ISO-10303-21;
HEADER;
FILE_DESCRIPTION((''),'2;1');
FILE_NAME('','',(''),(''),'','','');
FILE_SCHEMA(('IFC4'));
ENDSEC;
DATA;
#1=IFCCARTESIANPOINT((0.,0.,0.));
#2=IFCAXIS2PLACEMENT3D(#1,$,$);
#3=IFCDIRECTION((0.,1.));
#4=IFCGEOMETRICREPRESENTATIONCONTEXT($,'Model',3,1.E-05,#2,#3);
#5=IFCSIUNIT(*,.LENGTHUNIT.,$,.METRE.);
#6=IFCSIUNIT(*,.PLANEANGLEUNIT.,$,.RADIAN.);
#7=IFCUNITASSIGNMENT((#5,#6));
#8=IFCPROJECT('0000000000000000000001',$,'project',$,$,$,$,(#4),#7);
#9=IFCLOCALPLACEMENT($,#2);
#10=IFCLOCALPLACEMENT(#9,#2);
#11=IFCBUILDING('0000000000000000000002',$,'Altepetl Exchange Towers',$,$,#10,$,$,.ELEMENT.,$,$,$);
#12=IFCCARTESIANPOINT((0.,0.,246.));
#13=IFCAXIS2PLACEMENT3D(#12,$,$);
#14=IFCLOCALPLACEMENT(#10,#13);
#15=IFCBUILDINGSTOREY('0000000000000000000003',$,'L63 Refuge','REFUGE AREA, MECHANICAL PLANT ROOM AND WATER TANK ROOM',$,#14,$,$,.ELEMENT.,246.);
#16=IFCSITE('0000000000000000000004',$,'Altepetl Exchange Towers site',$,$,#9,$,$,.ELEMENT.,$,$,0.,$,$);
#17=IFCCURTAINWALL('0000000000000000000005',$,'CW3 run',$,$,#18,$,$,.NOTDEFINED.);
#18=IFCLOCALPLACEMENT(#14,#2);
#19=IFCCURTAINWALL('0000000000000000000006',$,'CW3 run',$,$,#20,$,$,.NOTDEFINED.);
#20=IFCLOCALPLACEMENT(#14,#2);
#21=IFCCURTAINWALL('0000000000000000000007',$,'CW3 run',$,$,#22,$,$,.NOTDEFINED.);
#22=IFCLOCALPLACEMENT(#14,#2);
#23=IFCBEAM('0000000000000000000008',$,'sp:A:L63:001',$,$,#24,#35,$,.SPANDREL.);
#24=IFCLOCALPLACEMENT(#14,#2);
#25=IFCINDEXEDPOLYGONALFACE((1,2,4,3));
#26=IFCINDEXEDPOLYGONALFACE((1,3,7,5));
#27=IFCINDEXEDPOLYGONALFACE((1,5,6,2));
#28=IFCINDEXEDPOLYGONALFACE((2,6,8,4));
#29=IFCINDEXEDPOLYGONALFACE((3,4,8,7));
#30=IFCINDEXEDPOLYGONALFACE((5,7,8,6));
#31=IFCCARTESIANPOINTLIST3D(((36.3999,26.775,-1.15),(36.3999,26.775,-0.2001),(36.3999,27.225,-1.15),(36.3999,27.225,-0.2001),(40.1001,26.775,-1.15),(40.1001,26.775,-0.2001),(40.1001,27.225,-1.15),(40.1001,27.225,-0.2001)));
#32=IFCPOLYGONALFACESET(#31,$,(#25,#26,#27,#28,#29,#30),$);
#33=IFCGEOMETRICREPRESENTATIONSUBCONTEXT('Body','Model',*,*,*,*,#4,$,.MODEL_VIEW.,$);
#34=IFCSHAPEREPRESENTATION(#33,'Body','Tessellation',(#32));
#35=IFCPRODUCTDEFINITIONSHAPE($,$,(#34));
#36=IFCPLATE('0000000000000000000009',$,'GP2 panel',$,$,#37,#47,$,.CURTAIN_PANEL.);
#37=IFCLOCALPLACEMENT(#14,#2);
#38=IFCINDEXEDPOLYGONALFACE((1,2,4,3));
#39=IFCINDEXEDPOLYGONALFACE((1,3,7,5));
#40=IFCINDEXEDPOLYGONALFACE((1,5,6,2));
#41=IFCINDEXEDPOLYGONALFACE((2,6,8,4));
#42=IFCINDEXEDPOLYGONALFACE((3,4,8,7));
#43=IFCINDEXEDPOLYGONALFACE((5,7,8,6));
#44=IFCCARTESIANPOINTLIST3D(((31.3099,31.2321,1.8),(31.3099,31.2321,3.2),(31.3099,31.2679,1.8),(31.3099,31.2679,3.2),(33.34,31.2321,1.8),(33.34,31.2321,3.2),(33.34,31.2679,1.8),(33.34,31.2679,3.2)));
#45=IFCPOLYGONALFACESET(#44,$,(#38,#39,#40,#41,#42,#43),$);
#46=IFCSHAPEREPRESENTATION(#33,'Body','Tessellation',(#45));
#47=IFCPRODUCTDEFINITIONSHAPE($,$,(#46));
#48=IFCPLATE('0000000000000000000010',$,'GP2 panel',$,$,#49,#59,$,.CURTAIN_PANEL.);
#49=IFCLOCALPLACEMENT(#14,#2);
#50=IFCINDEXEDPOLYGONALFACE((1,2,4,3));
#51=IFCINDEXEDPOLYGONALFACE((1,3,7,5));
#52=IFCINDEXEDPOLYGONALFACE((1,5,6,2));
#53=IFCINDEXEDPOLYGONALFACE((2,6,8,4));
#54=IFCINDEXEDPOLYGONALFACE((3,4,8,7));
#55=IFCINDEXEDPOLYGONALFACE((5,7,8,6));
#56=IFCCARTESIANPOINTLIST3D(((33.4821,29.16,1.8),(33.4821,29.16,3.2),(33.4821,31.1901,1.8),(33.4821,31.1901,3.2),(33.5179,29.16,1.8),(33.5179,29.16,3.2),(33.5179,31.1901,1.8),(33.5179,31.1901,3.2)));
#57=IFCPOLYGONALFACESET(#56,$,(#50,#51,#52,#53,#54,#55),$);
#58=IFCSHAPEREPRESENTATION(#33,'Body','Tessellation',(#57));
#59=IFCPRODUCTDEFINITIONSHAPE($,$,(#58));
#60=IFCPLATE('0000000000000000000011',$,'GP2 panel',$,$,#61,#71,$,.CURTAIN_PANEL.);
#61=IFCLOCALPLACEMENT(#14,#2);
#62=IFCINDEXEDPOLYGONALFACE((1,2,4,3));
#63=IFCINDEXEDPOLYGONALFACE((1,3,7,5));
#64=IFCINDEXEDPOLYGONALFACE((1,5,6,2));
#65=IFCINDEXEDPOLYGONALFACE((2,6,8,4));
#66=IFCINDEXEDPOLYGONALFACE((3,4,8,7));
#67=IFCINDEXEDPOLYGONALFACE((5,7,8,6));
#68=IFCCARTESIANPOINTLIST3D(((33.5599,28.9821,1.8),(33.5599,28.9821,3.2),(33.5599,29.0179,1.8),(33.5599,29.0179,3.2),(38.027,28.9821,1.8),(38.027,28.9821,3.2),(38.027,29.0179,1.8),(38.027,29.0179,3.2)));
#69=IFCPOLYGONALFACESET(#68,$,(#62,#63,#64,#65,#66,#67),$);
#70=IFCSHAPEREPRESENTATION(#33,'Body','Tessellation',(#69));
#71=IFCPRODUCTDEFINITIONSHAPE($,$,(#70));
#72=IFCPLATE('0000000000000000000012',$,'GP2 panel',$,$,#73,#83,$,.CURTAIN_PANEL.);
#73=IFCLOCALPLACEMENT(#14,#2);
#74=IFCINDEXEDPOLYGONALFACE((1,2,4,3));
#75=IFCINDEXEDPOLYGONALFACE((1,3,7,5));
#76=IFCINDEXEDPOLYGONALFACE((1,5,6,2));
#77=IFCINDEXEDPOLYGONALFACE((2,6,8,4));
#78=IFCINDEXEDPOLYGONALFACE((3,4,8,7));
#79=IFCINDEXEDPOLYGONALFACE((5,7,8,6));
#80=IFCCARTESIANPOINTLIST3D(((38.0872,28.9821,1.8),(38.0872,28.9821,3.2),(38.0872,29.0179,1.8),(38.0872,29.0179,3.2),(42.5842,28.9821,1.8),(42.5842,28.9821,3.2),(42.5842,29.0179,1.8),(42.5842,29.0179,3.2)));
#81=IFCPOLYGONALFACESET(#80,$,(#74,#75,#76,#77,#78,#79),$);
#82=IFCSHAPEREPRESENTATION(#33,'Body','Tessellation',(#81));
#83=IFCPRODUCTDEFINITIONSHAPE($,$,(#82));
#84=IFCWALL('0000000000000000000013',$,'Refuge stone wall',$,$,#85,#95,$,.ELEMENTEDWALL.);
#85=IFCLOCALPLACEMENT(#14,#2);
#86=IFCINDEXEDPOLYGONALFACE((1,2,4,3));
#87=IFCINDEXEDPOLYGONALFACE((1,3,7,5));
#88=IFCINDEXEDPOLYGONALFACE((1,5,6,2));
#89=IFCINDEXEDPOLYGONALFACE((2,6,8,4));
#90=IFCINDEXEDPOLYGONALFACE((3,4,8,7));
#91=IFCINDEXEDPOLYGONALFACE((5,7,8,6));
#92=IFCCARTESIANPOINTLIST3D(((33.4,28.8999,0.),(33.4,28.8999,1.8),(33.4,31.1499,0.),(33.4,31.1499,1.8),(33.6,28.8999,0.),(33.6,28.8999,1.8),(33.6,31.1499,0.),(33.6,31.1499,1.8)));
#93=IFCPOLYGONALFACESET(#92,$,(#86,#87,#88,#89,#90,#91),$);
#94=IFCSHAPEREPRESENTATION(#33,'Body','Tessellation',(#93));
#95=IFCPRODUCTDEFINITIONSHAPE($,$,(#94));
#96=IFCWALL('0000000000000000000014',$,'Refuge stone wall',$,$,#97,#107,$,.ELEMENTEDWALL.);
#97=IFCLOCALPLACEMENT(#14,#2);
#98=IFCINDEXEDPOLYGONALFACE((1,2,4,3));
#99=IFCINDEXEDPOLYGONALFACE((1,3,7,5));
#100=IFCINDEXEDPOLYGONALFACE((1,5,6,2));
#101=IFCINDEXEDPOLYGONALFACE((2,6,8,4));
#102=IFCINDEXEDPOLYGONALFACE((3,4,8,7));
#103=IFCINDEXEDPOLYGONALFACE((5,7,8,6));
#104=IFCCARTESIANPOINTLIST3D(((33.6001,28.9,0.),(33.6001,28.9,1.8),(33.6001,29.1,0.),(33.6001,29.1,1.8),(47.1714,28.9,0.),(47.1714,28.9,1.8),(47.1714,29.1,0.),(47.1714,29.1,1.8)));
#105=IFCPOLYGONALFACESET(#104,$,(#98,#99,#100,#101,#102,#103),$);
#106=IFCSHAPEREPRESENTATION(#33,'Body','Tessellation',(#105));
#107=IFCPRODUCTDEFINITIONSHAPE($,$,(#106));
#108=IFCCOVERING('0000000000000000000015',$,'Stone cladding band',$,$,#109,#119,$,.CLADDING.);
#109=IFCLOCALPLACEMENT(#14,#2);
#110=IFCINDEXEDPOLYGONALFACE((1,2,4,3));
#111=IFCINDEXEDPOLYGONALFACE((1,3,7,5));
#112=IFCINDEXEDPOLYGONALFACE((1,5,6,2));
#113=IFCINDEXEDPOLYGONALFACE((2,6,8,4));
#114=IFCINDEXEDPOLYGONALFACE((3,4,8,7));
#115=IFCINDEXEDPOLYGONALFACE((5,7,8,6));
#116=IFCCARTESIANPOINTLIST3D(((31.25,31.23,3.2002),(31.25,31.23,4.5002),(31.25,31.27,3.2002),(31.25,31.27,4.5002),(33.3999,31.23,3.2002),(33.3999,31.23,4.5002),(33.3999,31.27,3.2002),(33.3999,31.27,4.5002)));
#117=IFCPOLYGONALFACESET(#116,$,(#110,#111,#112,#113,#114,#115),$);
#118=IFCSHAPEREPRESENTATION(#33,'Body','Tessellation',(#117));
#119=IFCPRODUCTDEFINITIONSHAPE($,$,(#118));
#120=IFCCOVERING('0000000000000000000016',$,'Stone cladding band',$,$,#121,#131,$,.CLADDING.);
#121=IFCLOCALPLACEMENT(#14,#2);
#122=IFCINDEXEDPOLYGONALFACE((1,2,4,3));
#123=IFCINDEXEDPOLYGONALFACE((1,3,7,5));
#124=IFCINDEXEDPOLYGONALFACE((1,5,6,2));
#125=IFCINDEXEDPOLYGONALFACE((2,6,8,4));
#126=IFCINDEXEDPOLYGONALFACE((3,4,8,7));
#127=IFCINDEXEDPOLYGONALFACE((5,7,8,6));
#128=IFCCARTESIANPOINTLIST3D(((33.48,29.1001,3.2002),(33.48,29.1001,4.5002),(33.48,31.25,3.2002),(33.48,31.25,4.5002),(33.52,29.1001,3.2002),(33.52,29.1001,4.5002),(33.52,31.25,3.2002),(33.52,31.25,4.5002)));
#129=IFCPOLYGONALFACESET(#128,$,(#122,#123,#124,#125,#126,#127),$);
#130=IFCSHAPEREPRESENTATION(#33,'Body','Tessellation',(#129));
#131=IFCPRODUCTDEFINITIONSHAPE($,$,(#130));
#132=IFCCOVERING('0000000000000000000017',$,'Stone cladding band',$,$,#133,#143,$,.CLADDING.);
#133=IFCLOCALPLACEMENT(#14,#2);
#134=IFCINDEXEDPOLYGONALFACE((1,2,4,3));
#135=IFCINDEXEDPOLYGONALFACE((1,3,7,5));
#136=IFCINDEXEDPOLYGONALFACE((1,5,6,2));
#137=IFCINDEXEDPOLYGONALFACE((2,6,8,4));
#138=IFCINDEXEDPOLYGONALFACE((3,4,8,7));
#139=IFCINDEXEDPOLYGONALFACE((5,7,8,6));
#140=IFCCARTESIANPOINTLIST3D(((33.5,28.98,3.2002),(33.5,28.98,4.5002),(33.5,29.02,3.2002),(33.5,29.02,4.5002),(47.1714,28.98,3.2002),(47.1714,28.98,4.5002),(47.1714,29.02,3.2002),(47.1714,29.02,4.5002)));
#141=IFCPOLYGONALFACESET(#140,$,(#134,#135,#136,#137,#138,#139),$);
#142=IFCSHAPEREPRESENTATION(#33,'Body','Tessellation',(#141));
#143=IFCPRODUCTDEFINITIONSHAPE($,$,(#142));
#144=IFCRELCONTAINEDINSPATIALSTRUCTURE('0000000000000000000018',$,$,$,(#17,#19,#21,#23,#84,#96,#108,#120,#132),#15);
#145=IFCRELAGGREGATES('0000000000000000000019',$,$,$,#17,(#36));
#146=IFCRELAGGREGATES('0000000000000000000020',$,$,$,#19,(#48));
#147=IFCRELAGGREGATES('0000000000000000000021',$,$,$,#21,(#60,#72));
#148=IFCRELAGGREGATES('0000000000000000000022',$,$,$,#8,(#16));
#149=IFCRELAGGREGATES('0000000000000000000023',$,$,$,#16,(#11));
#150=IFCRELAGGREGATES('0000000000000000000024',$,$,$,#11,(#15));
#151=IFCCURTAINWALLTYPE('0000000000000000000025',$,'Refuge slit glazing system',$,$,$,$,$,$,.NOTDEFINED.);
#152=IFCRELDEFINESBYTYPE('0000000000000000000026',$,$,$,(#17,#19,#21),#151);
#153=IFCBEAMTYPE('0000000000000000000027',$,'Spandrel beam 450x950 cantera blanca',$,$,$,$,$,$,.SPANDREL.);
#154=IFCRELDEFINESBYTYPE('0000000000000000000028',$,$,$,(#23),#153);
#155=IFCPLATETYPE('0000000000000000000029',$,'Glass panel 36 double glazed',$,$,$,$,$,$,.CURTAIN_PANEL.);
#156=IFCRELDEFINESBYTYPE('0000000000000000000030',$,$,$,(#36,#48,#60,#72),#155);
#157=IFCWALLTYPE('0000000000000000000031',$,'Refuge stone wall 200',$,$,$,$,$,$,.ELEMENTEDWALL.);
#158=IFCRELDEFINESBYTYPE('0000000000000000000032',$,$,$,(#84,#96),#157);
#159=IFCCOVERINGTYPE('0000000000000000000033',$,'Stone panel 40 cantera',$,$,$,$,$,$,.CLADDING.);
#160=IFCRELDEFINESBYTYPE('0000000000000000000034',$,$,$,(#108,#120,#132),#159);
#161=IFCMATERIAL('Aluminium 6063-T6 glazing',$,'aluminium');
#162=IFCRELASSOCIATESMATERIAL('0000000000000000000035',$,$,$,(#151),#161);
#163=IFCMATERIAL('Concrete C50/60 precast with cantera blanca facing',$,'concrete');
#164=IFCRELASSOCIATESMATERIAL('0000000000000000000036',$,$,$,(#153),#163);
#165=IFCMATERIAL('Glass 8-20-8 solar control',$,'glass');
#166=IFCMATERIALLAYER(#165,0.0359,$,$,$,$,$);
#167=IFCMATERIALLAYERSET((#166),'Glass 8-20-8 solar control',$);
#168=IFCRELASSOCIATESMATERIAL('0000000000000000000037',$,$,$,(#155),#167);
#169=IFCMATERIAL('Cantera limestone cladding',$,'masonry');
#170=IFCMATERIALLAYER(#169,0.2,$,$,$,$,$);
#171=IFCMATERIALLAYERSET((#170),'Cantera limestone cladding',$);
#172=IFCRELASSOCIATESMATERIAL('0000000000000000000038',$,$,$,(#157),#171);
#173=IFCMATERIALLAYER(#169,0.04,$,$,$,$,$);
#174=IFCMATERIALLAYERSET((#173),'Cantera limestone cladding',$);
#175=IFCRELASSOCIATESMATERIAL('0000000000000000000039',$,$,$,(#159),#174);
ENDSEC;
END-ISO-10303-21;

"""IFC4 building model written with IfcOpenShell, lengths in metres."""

from ifc_helpers import new_model, si_unit, direction, frame, frame_2d, origin, origin_2d, place, context, subcontext, project, spatial, rectangle, extrude, material, layer, layer_set, material_profile, profile_set, type_object, element, aggregate, save


model = new_model("IFC4")

# Units and contexts
model_context = context("Model", 3, precision=1e-05, world=origin(), true_north=direction((0.0, 1.0)))
body_context = subcontext(model_context, "Body", "Model", "MODEL_VIEW")
ifc_project = project(units=[si_unit("LENGTHUNIT", "METRE"), si_unit("PLANEANGLEUNIT", "RADIAN")], contexts=[model_context])

# Site, building, storey
site_placement = place(None, origin())
site = spatial("IfcSite", under=ifc_project, at=site_placement, Name="Altepetl Exchange Towers site", CompositionType="ELEMENT", RefElevation=0.0)
building_placement = place(site_placement, origin())
building = spatial("IfcBuilding", under=site, at=building_placement, Name="Altepetl Exchange Towers", CompositionType="ELEMENT")
storey_placement = place(building_placement, frame((0.0, 0.0, 246.0)))
storey = spatial("IfcBuildingStorey", under=building, at=storey_placement, Name="L63 Refuge", Description="REFUGE AREA, MECHANICAL PLANT ROOM AND WATER TANK ROOM", CompositionType="ELEMENT", Elevation=246.0)

# Curtain wall
ifc_material_1 = material(Name="Aluminium 6063-T6 glazing", Category="aluminium")
curtain_wall_type = type_object("IfcCurtainWallType", Name="Refuge slit glazing system", PredefinedType="NOTDEFINED", material=ifc_material_1)
curtain_wall_1_placement = place(storey_placement, origin())
curtain_wall_1 = element("IfcCurtainWall", 1, at=curtain_wall_1_placement, inside=storey, type_object=curtain_wall_type, Name="CW3 run", PredefinedType="NOTDEFINED")

# Curtain walls
curtain_wall_2_placement = place(storey_placement, origin())
curtain_wall_2 = element("IfcCurtainWall", 2, at=curtain_wall_2_placement, inside=storey, type_object=curtain_wall_type, Name="CW3 run", PredefinedType="NOTDEFINED")
curtain_wall_3_placement = place(storey_placement, origin())
curtain_wall_3 = element("IfcCurtainWall", 3, at=curtain_wall_3_placement, inside=storey, type_object=curtain_wall_type, Name="CW3 run", PredefinedType="NOTDEFINED")

# Beam
ifc_material_2 = material(Name="Concrete C50/60 precast with cantera blanca facing", Category="concrete")
ifc_material_profile_1 = material_profile(ifc_material_2, rectangle(XDim=0.45, YDim=0.95, at=origin_2d()), Name="450 x 950")
ifc_profile_set_1 = profile_set([ifc_material_profile_1], Name="Concrete C50/60 precast with cantera blanca facing")
beam_type_1 = type_object("IfcBeamType", Name="Spandrel beam 450x950 cantera blanca", PredefinedType="SPANDREL", material=ifc_profile_set_1)
beam_1_placement = place(storey_placement, frame((36.3999, 27.0, -0.675), z_axis=(1.0, 0.0, 0.0), x_axis=(0.0, 1.0, 0.0)))
element("IfcBeam", 4, at=beam_1_placement, inside=storey, type_object=beam_type_1, Name="sp:A:L63:001", PredefinedType="SPANDREL", context=body_context, shape_type="SweptSolid", body=[
    extrude(rectangle(XDim=0.45, YDim=0.95, at=origin_2d()), origin(), (0.0, 0.0, 1.0), 3.7002),
])

# Plates
ifc_material_3 = material(Name="Glass 8-20-8 solar control", Category="glass")
ifc_layer_1 = layer(ifc_material_3, 0.0359)
ifc_layer_set_1 = layer_set([ifc_layer_1], Name="Glass 8-20-8 solar control")
plate_type = type_object("IfcPlateType", Name="Glass panel 36 double glazed", PredefinedType="CURTAIN_PANEL", material=ifc_layer_set_1)
plate_1_placement = place(storey_placement, frame((32.325, 31.25, 1.8)))
plate_1 = element("IfcPlate", 5, at=plate_1_placement, type_object=plate_type, Name="GP2 panel", PredefinedType="CURTAIN_PANEL", context=body_context, shape_type="SweptSolid", body=[
    extrude(rectangle(XDim=2.03, YDim=0.0359, at=origin_2d()), origin(), (0.0, 0.0, 1.0), 1.3999),
])
aggregate(curtain_wall_1, [plate_1])
plate_2_placement = place(storey_placement, frame((33.5, 30.175, 1.8), z_axis=(0.0, 0.0, 1.0), x_axis=(0.0, -1.0, 0.0)))
plate_2 = element("IfcPlate", 6, at=plate_2_placement, type_object=plate_type, Name="GP2 panel", PredefinedType="CURTAIN_PANEL", context=body_context, shape_type="SweptSolid", body=[
    extrude(rectangle(XDim=2.03, YDim=0.0359, at=origin_2d()), origin(), (0.0, 0.0, 1.0), 1.3999),
])
aggregate(curtain_wall_2, [plate_2])
plate_3_placement = place(storey_placement, frame((35.7935, 29.0, 1.8)))
plate_3 = element("IfcPlate", 7, at=plate_3_placement, type_object=plate_type, Name="GP2 panel", PredefinedType="CURTAIN_PANEL", context=body_context, shape_type="SweptSolid", body=[
    extrude(rectangle(XDim=4.467, YDim=0.0359, at=origin_2d()), origin(), (0.0, 0.0, 1.0), 1.3999),
])
plate_4_placement = place(storey_placement, frame((40.3357, 29.0, 1.8)))
plate_4 = element("IfcPlate", 8, at=plate_4_placement, type_object=plate_type, Name="GP2 panel", PredefinedType="CURTAIN_PANEL", context=body_context, shape_type="SweptSolid", body=[
    extrude(rectangle(XDim=4.4971, YDim=0.0359, at=origin_2d()), origin(), (0.0, 0.0, 1.0), 1.3999),
])
aggregate(curtain_wall_3, [plate_3, plate_4])

# Walls
ifc_material_4 = material(Name="Cantera limestone cladding", Category="masonry")
ifc_layer_2 = layer(ifc_material_4, 0.2)
ifc_layer_set_2 = layer_set([ifc_layer_2], Name="Cantera limestone cladding")
wall_type = type_object("IfcWallType", Name="Refuge stone wall 200", PredefinedType="ELEMENTEDWALL", material=ifc_layer_set_2)
wall_1_placement = place(storey_placement, frame((33.5, 31.1499, 0.0), z_axis=(0.0, 0.0, 1.0), x_axis=(0.0, -1.0, 0.0)))
element("IfcWall", 9, at=wall_1_placement, inside=storey, type_object=wall_type, Name="Refuge stone wall", PredefinedType="ELEMENTEDWALL", context=body_context, shape_type="SweptSolid", body=[
    extrude(rectangle(XDim=2.25, YDim=0.2, at=frame_2d((1.125, 0.0))), origin(), (0.0, 0.0, 1.0), 1.8),
])
wall_2_placement = place(storey_placement, frame((33.6001, 29.0, 0.0)))
element("IfcWall", 10, at=wall_2_placement, inside=storey, type_object=wall_type, Name="Refuge stone wall", PredefinedType="ELEMENTEDWALL", context=body_context, shape_type="SweptSolid", body=[
    extrude(rectangle(XDim=13.5713, YDim=0.2, at=frame_2d((6.7856, 0.0))), origin(), (0.0, 0.0, 1.0), 1.8),
])

# Coverings
ifc_layer_3 = layer(ifc_material_4, 0.04)
ifc_layer_set_3 = layer_set([ifc_layer_3], Name="Cantera limestone cladding")
covering_type = type_object("IfcCoveringType", Name="Stone panel 40 cantera", PredefinedType="CLADDING", material=ifc_layer_set_3)
covering_1_placement = place(storey_placement, frame((32.325, 31.25, 3.2002)))
element("IfcCovering", 11, at=covering_1_placement, inside=storey, type_object=covering_type, Name="Stone cladding band", PredefinedType="CLADDING", context=body_context, shape_type="SweptSolid", body=[
    extrude(rectangle(XDim=2.1499, YDim=0.04, at=origin_2d()), origin(), (0.0, 0.0, 1.0), 1.3),
])
covering_2_placement = place(storey_placement, frame((33.5, 30.175, 3.2002), z_axis=(0.0, 0.0, 1.0), x_axis=(0.0, -1.0, 0.0)))
element("IfcCovering", 12, at=covering_2_placement, inside=storey, type_object=covering_type, Name="Stone cladding band", PredefinedType="CLADDING", context=body_context, shape_type="SweptSolid", body=[
    extrude(rectangle(XDim=2.1499, YDim=0.04, at=origin_2d()), origin(), (0.0, 0.0, 1.0), 1.3),
])
covering_3_placement = place(storey_placement, frame((40.3357, 29.0, 3.2002)))
element("IfcCovering", 13, at=covering_3_placement, inside=storey, type_object=covering_type, Name="Stone cladding band", PredefinedType="CLADDING", context=body_context, shape_type="SweptSolid", body=[
    extrude(rectangle(XDim=13.6714, YDim=0.04, at=origin_2d()), origin(), (0.0, 0.0, 1.0), 1.3),
])

save(model, "model.ifc")
